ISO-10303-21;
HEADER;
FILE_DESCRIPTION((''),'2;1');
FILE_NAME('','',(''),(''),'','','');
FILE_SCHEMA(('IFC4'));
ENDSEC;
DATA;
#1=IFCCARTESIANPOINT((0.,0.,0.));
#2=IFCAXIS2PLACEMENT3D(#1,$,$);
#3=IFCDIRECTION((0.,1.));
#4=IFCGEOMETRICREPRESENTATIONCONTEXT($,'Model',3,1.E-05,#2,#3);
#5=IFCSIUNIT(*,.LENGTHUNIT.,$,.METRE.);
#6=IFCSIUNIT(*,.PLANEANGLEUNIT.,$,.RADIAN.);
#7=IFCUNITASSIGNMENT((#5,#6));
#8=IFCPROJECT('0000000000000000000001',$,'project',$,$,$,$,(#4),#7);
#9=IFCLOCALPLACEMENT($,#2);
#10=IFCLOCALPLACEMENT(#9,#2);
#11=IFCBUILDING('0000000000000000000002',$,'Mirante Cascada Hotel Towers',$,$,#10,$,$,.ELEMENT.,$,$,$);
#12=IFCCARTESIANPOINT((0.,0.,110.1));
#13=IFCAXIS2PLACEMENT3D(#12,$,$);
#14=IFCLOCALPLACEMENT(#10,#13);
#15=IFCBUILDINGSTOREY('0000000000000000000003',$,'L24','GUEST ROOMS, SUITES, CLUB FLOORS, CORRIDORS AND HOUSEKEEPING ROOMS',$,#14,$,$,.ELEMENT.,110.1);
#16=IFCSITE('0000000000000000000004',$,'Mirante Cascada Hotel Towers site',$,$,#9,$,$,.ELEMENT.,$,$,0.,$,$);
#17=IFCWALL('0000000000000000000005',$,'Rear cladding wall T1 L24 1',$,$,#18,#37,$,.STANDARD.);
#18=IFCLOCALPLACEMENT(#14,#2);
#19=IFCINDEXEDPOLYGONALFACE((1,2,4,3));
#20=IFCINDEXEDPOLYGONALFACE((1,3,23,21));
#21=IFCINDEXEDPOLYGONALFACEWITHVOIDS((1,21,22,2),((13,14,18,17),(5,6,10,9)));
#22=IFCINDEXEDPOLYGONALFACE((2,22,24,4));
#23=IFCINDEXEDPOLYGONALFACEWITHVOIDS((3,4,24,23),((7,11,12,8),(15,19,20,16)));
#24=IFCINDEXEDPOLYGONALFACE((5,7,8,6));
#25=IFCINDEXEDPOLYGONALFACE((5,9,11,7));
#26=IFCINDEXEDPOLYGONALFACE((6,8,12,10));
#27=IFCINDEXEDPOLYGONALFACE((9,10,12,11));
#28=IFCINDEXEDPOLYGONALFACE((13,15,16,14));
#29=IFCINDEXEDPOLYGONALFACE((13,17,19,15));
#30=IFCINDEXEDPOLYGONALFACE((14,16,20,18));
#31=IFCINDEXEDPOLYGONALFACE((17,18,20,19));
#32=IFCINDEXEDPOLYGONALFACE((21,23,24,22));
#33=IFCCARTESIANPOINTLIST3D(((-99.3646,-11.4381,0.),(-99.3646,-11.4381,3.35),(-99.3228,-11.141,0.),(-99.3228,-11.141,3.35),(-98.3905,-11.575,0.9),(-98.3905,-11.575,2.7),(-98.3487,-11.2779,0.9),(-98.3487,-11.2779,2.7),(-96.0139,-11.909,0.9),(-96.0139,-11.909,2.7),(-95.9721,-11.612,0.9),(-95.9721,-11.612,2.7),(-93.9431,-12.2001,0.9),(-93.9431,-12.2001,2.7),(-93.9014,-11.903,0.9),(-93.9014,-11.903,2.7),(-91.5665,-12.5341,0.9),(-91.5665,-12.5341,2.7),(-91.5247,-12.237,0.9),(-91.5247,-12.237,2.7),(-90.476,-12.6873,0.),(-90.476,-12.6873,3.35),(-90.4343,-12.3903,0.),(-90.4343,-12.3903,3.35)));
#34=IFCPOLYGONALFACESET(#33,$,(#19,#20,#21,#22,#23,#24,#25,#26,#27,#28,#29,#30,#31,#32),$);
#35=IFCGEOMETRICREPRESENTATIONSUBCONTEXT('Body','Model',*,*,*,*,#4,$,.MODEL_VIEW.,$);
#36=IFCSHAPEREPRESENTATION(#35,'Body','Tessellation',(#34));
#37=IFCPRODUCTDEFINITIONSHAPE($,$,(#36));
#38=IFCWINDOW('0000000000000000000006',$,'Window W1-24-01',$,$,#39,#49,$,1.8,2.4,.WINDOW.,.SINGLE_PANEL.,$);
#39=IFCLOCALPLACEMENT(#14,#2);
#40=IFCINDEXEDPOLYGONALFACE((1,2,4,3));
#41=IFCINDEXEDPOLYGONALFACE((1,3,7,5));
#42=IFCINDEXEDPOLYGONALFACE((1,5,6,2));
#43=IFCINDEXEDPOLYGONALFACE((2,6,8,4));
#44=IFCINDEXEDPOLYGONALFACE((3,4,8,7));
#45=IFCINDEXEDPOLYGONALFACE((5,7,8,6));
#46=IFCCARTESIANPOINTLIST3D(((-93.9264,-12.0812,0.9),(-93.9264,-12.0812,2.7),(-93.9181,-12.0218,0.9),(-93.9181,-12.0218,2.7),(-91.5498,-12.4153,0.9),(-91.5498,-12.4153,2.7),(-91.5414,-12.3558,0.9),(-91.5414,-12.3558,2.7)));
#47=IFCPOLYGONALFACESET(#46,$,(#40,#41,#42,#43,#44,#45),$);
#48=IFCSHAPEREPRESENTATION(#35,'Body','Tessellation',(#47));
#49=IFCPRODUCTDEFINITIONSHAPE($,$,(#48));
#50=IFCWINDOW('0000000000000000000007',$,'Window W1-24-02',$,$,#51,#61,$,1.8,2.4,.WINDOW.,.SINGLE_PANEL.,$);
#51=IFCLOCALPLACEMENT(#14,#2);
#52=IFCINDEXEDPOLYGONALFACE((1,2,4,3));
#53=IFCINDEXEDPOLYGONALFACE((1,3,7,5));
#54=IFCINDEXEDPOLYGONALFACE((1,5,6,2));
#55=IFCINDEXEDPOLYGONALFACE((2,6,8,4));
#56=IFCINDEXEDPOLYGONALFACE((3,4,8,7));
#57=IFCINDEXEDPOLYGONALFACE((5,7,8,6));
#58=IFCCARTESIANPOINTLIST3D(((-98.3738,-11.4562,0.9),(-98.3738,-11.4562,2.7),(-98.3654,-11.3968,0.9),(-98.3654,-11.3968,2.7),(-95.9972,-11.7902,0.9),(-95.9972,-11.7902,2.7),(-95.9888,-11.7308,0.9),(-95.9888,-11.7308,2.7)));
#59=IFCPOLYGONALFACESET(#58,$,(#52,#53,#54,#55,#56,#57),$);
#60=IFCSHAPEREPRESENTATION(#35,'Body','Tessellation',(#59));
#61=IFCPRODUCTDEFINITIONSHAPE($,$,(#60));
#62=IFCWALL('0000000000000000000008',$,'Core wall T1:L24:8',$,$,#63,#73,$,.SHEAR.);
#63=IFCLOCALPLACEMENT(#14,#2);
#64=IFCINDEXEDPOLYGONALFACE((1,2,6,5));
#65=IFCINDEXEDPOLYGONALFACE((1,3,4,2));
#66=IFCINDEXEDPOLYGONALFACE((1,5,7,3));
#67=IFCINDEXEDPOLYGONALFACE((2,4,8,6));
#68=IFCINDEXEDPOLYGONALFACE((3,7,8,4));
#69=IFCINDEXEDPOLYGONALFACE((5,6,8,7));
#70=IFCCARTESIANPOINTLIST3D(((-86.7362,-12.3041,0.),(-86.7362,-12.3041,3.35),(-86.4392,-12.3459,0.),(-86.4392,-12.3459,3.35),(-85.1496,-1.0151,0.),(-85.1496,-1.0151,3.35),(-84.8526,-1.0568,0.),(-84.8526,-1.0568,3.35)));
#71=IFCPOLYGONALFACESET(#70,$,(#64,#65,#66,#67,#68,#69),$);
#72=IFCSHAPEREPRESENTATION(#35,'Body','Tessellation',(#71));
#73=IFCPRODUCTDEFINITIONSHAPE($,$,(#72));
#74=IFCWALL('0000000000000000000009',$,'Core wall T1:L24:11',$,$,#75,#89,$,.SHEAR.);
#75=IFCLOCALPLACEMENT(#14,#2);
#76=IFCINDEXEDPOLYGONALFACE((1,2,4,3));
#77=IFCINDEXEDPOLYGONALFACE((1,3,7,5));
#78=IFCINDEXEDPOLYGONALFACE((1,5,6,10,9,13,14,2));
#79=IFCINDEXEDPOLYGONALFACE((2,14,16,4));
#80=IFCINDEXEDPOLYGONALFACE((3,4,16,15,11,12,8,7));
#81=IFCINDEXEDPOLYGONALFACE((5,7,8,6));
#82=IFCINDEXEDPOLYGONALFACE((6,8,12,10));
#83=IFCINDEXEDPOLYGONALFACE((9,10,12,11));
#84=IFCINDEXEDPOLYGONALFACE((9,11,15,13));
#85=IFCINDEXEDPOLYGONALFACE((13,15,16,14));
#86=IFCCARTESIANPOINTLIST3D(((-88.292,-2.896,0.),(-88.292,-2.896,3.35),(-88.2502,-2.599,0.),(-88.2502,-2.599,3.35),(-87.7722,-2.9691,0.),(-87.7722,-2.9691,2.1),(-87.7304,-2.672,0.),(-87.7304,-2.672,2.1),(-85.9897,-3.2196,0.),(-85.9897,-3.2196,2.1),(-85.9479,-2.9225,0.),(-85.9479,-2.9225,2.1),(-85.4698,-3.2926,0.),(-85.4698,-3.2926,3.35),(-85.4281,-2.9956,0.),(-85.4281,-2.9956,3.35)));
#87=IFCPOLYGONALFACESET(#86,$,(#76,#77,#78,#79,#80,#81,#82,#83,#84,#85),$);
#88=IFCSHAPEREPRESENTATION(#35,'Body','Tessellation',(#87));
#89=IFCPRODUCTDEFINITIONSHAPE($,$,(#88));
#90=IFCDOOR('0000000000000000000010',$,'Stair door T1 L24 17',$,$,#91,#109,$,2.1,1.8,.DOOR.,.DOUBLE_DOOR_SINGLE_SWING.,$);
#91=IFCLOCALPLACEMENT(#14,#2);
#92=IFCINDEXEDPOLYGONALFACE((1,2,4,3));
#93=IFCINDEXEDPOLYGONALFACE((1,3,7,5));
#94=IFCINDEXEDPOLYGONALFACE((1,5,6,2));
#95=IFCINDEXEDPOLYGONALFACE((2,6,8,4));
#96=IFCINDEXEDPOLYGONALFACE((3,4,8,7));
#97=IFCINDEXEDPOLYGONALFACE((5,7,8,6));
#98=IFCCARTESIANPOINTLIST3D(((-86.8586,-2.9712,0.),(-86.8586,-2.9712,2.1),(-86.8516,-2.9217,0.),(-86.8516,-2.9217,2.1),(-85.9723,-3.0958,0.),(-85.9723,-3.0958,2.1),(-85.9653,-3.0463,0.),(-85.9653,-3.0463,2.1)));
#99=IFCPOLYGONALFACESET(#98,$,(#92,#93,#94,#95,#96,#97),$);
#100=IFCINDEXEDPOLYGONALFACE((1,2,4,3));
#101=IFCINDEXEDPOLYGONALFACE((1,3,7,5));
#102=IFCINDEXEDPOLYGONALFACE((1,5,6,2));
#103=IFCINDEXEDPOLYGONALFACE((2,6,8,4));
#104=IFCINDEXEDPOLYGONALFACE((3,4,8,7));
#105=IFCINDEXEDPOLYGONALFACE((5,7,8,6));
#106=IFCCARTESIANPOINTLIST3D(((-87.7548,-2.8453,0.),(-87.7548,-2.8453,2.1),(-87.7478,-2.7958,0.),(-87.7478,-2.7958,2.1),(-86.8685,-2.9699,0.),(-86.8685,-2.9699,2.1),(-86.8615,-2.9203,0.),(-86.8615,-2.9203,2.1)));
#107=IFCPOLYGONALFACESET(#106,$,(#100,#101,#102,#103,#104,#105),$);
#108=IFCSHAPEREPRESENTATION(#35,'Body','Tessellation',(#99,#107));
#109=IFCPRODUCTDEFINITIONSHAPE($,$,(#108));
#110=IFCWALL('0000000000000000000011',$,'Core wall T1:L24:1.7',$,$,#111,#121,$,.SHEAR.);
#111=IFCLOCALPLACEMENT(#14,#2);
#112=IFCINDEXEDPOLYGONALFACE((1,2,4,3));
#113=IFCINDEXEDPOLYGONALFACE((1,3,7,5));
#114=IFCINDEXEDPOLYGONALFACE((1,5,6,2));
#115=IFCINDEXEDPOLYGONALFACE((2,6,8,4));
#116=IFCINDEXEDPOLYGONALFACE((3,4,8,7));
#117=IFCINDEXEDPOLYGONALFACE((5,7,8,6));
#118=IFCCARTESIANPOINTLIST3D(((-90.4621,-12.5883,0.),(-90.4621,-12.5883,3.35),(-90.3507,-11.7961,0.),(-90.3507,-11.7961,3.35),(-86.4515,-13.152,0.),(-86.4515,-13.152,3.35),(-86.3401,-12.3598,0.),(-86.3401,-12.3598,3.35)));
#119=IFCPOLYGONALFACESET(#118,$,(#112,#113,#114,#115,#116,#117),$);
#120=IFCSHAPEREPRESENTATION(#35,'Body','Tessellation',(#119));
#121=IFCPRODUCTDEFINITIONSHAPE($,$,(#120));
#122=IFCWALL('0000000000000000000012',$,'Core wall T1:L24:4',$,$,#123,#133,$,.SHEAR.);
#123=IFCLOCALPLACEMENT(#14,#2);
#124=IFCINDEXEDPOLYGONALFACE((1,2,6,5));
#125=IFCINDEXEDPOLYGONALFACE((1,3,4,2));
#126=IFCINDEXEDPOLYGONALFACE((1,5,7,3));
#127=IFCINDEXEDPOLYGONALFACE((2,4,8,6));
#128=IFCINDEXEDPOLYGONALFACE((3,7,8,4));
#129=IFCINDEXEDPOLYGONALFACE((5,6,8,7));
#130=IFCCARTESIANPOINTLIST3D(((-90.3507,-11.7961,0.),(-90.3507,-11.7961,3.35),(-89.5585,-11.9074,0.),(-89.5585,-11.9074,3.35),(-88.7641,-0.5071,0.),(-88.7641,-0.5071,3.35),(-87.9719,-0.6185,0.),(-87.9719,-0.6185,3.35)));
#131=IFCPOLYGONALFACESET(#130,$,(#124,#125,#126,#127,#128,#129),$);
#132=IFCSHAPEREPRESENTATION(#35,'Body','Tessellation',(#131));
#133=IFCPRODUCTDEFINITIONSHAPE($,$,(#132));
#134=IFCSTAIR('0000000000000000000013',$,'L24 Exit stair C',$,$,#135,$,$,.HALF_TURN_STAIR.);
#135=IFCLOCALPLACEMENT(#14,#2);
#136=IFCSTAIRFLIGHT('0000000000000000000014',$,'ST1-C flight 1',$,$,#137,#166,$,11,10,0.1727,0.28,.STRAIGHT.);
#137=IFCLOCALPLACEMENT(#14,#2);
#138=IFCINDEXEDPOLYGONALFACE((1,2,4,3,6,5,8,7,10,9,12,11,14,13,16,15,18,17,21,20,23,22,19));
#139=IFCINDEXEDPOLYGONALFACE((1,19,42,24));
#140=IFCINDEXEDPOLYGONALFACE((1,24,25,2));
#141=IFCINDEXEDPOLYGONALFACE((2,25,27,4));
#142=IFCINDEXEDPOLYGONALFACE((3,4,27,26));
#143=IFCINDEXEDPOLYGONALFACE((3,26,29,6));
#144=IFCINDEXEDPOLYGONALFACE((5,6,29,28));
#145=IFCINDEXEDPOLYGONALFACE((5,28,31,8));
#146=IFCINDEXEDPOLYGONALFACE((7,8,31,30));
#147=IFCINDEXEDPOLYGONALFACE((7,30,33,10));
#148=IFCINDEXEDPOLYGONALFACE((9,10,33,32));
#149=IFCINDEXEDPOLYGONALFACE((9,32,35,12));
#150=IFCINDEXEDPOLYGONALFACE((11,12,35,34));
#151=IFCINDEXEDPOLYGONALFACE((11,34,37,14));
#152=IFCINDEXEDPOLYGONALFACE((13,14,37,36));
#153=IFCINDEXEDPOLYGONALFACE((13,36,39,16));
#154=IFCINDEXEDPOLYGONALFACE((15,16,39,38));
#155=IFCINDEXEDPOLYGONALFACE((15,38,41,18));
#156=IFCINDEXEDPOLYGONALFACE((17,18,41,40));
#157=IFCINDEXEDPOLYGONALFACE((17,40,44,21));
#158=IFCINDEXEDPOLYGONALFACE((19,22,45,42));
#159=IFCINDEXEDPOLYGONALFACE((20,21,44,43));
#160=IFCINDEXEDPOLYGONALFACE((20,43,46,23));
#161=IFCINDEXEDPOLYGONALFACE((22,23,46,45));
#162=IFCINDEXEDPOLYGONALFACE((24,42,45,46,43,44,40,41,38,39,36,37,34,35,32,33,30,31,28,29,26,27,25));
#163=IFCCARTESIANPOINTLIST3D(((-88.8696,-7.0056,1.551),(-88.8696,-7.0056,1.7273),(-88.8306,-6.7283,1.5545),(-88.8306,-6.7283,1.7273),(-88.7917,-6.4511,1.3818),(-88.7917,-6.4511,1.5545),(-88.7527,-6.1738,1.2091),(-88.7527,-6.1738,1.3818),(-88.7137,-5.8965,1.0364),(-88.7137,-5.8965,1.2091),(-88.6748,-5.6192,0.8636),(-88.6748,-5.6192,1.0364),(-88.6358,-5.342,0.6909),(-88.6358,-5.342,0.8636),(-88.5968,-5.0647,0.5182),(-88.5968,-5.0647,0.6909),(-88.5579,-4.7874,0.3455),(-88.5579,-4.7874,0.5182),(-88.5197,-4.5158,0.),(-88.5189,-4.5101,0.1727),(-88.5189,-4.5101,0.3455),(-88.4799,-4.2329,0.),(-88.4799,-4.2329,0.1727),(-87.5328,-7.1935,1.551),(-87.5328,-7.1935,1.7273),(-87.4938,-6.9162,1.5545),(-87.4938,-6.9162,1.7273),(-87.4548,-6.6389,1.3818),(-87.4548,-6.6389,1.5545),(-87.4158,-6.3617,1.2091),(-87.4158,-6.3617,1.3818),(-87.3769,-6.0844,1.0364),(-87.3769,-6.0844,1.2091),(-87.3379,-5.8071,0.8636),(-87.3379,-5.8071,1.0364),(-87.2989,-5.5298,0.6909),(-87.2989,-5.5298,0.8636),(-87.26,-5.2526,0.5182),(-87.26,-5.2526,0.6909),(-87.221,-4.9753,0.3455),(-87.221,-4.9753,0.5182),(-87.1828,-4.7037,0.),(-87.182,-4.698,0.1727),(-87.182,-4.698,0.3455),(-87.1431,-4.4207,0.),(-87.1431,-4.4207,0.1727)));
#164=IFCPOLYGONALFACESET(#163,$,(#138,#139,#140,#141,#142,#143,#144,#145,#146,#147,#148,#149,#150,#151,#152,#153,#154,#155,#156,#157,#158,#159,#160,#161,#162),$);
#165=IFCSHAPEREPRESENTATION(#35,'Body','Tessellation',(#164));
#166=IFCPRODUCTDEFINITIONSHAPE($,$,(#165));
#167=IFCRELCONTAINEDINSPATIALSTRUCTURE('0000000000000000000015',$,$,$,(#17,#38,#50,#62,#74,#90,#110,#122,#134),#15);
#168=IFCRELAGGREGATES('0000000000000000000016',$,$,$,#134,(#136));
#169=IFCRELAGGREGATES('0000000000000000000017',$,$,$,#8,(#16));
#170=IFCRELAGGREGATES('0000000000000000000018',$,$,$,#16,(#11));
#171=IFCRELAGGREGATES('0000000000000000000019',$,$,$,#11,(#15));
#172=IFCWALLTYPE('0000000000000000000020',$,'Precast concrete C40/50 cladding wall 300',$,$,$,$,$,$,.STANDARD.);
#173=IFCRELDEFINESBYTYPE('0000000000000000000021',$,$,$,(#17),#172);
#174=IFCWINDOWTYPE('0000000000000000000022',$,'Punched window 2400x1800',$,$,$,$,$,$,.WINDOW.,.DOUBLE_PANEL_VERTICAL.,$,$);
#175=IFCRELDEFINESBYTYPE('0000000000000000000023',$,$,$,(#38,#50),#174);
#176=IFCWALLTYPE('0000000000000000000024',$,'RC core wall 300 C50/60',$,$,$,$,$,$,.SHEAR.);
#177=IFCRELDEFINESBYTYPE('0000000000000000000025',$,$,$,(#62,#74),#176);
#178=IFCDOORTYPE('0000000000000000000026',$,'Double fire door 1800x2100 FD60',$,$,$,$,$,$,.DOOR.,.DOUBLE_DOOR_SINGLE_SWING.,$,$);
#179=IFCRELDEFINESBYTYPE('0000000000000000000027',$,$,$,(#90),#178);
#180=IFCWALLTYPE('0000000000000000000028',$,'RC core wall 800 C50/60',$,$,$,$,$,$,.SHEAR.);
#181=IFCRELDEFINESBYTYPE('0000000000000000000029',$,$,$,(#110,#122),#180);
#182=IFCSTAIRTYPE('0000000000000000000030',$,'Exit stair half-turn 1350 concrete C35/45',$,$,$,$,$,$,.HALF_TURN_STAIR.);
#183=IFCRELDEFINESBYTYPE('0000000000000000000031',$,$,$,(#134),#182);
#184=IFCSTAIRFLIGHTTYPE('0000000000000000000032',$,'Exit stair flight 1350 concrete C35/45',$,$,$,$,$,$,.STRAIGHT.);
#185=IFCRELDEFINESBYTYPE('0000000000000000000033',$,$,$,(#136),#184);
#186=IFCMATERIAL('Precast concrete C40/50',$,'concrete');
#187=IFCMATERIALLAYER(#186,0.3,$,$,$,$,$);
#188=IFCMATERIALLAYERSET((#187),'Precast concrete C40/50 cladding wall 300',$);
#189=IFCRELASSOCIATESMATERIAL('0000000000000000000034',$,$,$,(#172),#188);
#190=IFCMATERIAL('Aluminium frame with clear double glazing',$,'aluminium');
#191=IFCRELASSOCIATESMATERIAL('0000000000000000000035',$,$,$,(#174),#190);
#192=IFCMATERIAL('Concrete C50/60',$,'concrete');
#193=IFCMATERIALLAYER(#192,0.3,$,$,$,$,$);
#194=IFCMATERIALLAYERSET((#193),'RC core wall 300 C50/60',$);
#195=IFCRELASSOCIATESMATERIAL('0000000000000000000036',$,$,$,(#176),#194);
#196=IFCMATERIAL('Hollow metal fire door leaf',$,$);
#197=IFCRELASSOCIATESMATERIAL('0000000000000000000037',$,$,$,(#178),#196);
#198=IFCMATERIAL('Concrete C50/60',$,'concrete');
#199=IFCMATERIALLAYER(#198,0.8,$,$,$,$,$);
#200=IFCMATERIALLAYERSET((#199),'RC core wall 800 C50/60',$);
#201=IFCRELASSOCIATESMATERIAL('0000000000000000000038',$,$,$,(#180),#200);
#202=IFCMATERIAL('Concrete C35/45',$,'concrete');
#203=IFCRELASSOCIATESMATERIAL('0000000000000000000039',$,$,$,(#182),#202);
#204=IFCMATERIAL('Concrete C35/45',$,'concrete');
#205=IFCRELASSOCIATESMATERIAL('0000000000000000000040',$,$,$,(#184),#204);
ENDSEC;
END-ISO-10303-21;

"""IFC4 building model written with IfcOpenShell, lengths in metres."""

from ifc_helpers import new_model, si_unit, direction, frame, frame_2d, origin, place, context, subcontext, project, spatial, polyline, rectangle, outline, extrude, material, layer, layer_set, type_object, element, fill, aggregate, save


model = new_model("IFC4")

# Units and contexts
model_context = context("Model", 3, precision=1e-05, world=origin(), true_north=direction((0.0, 1.0)))
body_context = subcontext(model_context, "Body", "Model", "MODEL_VIEW")
ifc_project = project(units=[si_unit("LENGTHUNIT", "METRE"), si_unit("PLANEANGLEUNIT", "RADIAN")], contexts=[model_context])

# Site, building, storey
site_placement = place(None, origin())
site = spatial("IfcSite", under=ifc_project, at=site_placement, Name="Mirante Cascada Hotel Towers site", CompositionType="ELEMENT", RefElevation=0.0)
building_placement = place(site_placement, origin())
building = spatial("IfcBuilding", under=site, at=building_placement, Name="Mirante Cascada Hotel Towers", CompositionType="ELEMENT")
storey_placement = place(building_placement, frame((0.0, 0.0, 110.1)))
storey = spatial("IfcBuildingStorey", under=building, at=storey_placement, Name="L24", Description="GUEST ROOMS, SUITES, CLUB FLOORS, CORRIDORS AND HOUSEKEEPING ROOMS", CompositionType="ELEMENT", Elevation=110.1)

# Wall, openings, windows
ifc_material_1 = material(Name="Precast concrete C40/50", Category="concrete")
ifc_layer_1 = layer(ifc_material_1, 0.3)
ifc_layer_set_1 = layer_set([ifc_layer_1], Name="Precast concrete C40/50 cladding wall 300")
wall_type_1 = type_object("IfcWallType", Name="Precast concrete C40/50 cladding wall 300", PredefinedType="STANDARD", material=ifc_layer_set_1)
wall_1_placement = place(storey_placement, frame((-90.4551, -12.5388, 0.0), z_axis=(0.0, 0.0, 1.0), x_axis=(-0.990268, 0.139173, 0.0)))
wall_1 = element("IfcWall", 1, at=wall_1_placement, inside=storey, type_object=wall_type_1, Name="Rear cladding wall T1 L24 1", PredefinedType="STANDARD", context=body_context, shape_type="SweptSolid", body=[
    extrude(rectangle(XDim=8.9759, YDim=0.3, at=frame_2d((4.488, 0.0))), origin(), (0.0, 0.0, 1.0), 3.35),
])
opening_1_placement = place(wall_1_placement, frame((1.1012, 0.0, 0.9)))
opening_1 = element("IfcOpeningElement", 2, at=opening_1_placement, cuts=wall_1, PredefinedType="OPENING", context=body_context, shape_type="SweptSolid", body=[
    extrude(rectangle(XDim=2.4, YDim=1.8, at=frame_2d((1.2, 0.9))), frame((0.0, 0.15, 0.0), z_axis=(0.0, -1.0, 0.0), x_axis=(1.0, 0.0, 0.0)), (0.0, 0.0, 1.0), 0.3),
])
opening_2_placement = place(wall_1_placement, frame((5.5923, 0.0, 0.9)))
opening_2 = element("IfcOpeningElement", 3, at=opening_2_placement, cuts=wall_1, PredefinedType="OPENING", context=body_context, shape_type="SweptSolid", body=[
    extrude(rectangle(XDim=2.4, YDim=1.8, at=frame_2d((1.2, 0.9))), frame((0.0, 0.15, 0.0), z_axis=(0.0, -1.0, 0.0), x_axis=(1.0, 0.0, 0.0)), (0.0, 0.0, 1.0), 0.3),
])
ifc_material_2 = material(Name="Aluminium frame with clear double glazing", Category="aluminium")
window_type = type_object("IfcWindowType", Name="Punched window 2400x1800", PartitioningType="DOUBLE_PANEL_VERTICAL", PredefinedType="WINDOW", material=ifc_material_2)
window_1_placement = place(opening_1_placement, origin())
window_1 = element("IfcWindow", 4, at=window_1_placement, inside=storey, type_object=window_type, Name="Window W1-24-01", OverallHeight=1.8, OverallWidth=2.4, PartitioningType="SINGLE_PANEL", PredefinedType="WINDOW", context=body_context, shape_type="SweptSolid", body=[
    extrude(rectangle(XDim=2.4, YDim=1.8, at=frame_2d((1.2, 0.9))), frame((0.0, 0.03, 0.0), z_axis=(0.0, -1.0, 0.0), x_axis=(1.0, 0.0, 0.0)), (0.0, 0.0, 1.0), 0.06),
])
fill(opening_1, window_1)
window_2_placement = place(opening_2_placement, origin())
window_2 = element("IfcWindow", 5, at=window_2_placement, inside=storey, type_object=window_type, Name="Window W1-24-02", OverallHeight=1.8, OverallWidth=2.4, PartitioningType="SINGLE_PANEL", PredefinedType="WINDOW", context=body_context, shape_type="SweptSolid", body=[
    extrude(rectangle(XDim=2.4, YDim=1.8, at=frame_2d((1.2, 0.9))), frame((0.0, 0.03, 0.0), z_axis=(0.0, -1.0, 0.0), x_axis=(1.0, 0.0, 0.0)), (0.0, 0.0, 1.0), 0.06),
])
fill(opening_2, window_2)

# Wall
ifc_material_3 = material(Name="Concrete C50/60", Category="concrete")
ifc_layer_2 = layer(ifc_material_3, 0.3)
ifc_layer_set_2 = layer_set([ifc_layer_2], Name="RC core wall 300 C50/60")
wall_type_2 = type_object("IfcWallType", Name="RC core wall 300 C50/60", PredefinedType="SHEAR", material=ifc_layer_set_2)
wall_2_placement = place(storey_placement, frame((-86.5877, -12.325, 0.0), z_axis=(0.0, 0.0, 1.0), x_axis=(0.139175, 0.990268, 0.0)))
element("IfcWall", 6, at=wall_2_placement, inside=storey, type_object=wall_type_2, Name="Core wall T1:L24:8", PredefinedType="SHEAR", context=body_context, shape_type="SweptSolid", body=[
    extrude(rectangle(XDim=11.4, YDim=0.3, at=frame_2d((5.7, 0.0))), origin(), (0.0, 0.0, 1.0), 3.35),
])

# Wall, opening, door
wall_3_placement = place(storey_placement, frame((-85.4489, -3.1441, 0.0), z_axis=(0.0, 0.0, 1.0), x_axis=(-0.99027, 0.139161, 0.0)))
wall_3 = element("IfcWall", 7, at=wall_3_placement, inside=storey, type_object=wall_type_2, Name="Core wall T1:L24:11", PredefinedType="SHEAR", context=body_context, shape_type="SweptSolid", body=[
    extrude(rectangle(XDim=2.8499, YDim=0.3, at=frame_2d((1.425, 0.0))), origin(), (0.0, 0.0, 1.0), 3.35),
])
opening_3_placement = place(wall_3_placement, frame((0.525, 0.0, 0.0)))
opening_3 = element("IfcOpeningElement", 8, at=opening_3_placement, cuts=wall_3, PredefinedType="OPENING", context=body_context, shape_type="SweptSolid", body=[
    extrude(rectangle(XDim=1.8, YDim=2.1, at=frame_2d((0.9, 1.05))), frame((0.0, 0.15, 0.0), z_axis=(0.0, -1.0, 0.0), x_axis=(1.0, 0.0, 0.0)), (0.0, 0.0, 1.0), 0.3),
])
ifc_material_4 = material(Name="Hollow metal fire door leaf")
door_type_1 = type_object("IfcDoorType", Name="Double fire door 1800x2100 FD60", OperationType="DOUBLE_DOOR_SINGLE_SWING", PredefinedType="DOOR", material=ifc_material_4)
door_1_placement = place(opening_3_placement, origin())
door_1 = element("IfcDoor", 9, at=door_1_placement, inside=storey, type_object=door_type_1, Name="Stair door T1 L24 17", OperationType="DOUBLE_DOOR_SINGLE_SWING", OverallHeight=2.1, OverallWidth=1.8, PredefinedType="DOOR", context=body_context, shape_type="SweptSolid", body=[
    extrude(rectangle(XDim=0.895, YDim=2.1, at=frame_2d((0.4475, 1.05))), frame((0.0, 0.025, 0.0), z_axis=(0.0, -1.0, 0.0), x_axis=(1.0, 0.0, 0.0)), (0.0, 0.0, 1.0), 0.05),
    extrude(rectangle(XDim=0.895, YDim=2.1, at=frame_2d((1.3525, 1.05))), frame((0.0, 0.025, 0.0), z_axis=(0.0, -1.0, 0.0), x_axis=(1.0, 0.0, 0.0)), (0.0, 0.0, 1.0), 0.05),
])
fill(opening_3, door_1)

# Walls
ifc_material_5 = material(Name="Concrete C50/60", Category="concrete")
ifc_layer_3 = layer(ifc_material_5, 0.8)
ifc_layer_set_3 = layer_set([ifc_layer_3], Name="RC core wall 800 C50/60")
wall_type_3 = type_object("IfcWallType", Name="RC core wall 800 C50/60", PredefinedType="SHEAR", material=ifc_layer_set_3)
wall_4_placement = place(storey_placement, frame((-86.3958, -12.7559, 0.0), z_axis=(0.0, 0.0, 1.0), x_axis=(-0.990267, 0.139184, 0.0)))
element("IfcWall", 10, at=wall_4_placement, inside=storey, type_object=wall_type_3, Name="Core wall T1:L24:1.7", PredefinedType="SHEAR", context=body_context, shape_type="SweptSolid", body=[
    extrude(rectangle(XDim=4.05, YDim=0.8, at=frame_2d((2.025, 0.0))), origin(), (0.0, 0.0, 1.0), 3.35),
])
wall_5_placement = place(storey_placement, frame((-89.9546, -11.8518, 0.0), z_axis=(0.0, 0.0, 1.0), x_axis=(0.139176, 0.990268, 0.0)))
element("IfcWall", 11, at=wall_5_placement, inside=storey, type_object=wall_type_3, Name="Core wall T1:L24:4", PredefinedType="SHEAR", context=body_context, shape_type="SweptSolid", body=[
    extrude(rectangle(XDim=11.3999, YDim=0.8, at=frame_2d((5.7, 0.0))), origin(), (0.0, 0.0, 1.0), 3.35),
])

# Stair, stair flight
ifc_material_6 = material(Name="Concrete C35/45", Category="concrete")
stair_type = type_object("IfcStairType", Name="Exit stair half-turn 1350 concrete C35/45", PredefinedType="HALF_TURN_STAIR", material=ifc_material_6)
stair_placement = place(storey_placement, origin())
stair = element("IfcStair", 12, at=stair_placement, inside=storey, type_object=stair_type, Name="L24 Exit stair C", PredefinedType="HALF_TURN_STAIR")
ifc_material_7 = material(Name="Concrete C35/45", Category="concrete")
stair_flight_type = type_object("IfcStairFlightType", Name="Exit stair flight 1350 concrete C35/45", PredefinedType="STRAIGHT", material=ifc_material_7)
stair_flight_1_placement = place(storey_placement, frame((-87.8115, -4.3268, 0.0), z_axis=(0.0, 0.0, 1.0), x_axis=(-0.139173, -0.990268, 0.0)))
stair_flight_1 = element("IfcStairFlight", 13, at=stair_flight_1_placement, type_object=stair_flight_type, Name="ST1-C flight 1", NumberOfRisers=11, NumberOfTreads=10, PredefinedType="STRAIGHT", RiserHeight=0.1727, TreadLength=0.28, context=body_context, shape_type="SweptSolid", body=[
    extrude(outline(polyline([(0.0, 0.0), (0.0, 0.1727), (0.28, 0.1727), (0.28, 0.3455), (0.56, 0.3455), (0.56, 0.5182), (0.84, 0.5182), (0.84, 0.6909), (1.12, 0.6909), (1.12, 0.8636), (1.4, 0.8636), (1.4, 1.0364), (1.68, 1.0364), (1.68, 1.2091), (1.96, 1.2091), (1.96, 1.3818), (2.24, 1.3818), (2.24, 1.5545), (2.52, 1.5545), (2.52, 1.7273), (2.8, 1.7273), (2.8, 1.9), (2.8, 1.551), (0.2857, 0.0), (0.0, 0.0)])), frame((0.0, 0.675, 0.0), z_axis=(0.0, -1.0, 0.0), x_axis=(1.0, 0.0, 0.0)), (0.0, 0.0, 1.0), 1.35),
])
aggregate(stair, [stair_flight_1])

save(model, "model.ifc")
